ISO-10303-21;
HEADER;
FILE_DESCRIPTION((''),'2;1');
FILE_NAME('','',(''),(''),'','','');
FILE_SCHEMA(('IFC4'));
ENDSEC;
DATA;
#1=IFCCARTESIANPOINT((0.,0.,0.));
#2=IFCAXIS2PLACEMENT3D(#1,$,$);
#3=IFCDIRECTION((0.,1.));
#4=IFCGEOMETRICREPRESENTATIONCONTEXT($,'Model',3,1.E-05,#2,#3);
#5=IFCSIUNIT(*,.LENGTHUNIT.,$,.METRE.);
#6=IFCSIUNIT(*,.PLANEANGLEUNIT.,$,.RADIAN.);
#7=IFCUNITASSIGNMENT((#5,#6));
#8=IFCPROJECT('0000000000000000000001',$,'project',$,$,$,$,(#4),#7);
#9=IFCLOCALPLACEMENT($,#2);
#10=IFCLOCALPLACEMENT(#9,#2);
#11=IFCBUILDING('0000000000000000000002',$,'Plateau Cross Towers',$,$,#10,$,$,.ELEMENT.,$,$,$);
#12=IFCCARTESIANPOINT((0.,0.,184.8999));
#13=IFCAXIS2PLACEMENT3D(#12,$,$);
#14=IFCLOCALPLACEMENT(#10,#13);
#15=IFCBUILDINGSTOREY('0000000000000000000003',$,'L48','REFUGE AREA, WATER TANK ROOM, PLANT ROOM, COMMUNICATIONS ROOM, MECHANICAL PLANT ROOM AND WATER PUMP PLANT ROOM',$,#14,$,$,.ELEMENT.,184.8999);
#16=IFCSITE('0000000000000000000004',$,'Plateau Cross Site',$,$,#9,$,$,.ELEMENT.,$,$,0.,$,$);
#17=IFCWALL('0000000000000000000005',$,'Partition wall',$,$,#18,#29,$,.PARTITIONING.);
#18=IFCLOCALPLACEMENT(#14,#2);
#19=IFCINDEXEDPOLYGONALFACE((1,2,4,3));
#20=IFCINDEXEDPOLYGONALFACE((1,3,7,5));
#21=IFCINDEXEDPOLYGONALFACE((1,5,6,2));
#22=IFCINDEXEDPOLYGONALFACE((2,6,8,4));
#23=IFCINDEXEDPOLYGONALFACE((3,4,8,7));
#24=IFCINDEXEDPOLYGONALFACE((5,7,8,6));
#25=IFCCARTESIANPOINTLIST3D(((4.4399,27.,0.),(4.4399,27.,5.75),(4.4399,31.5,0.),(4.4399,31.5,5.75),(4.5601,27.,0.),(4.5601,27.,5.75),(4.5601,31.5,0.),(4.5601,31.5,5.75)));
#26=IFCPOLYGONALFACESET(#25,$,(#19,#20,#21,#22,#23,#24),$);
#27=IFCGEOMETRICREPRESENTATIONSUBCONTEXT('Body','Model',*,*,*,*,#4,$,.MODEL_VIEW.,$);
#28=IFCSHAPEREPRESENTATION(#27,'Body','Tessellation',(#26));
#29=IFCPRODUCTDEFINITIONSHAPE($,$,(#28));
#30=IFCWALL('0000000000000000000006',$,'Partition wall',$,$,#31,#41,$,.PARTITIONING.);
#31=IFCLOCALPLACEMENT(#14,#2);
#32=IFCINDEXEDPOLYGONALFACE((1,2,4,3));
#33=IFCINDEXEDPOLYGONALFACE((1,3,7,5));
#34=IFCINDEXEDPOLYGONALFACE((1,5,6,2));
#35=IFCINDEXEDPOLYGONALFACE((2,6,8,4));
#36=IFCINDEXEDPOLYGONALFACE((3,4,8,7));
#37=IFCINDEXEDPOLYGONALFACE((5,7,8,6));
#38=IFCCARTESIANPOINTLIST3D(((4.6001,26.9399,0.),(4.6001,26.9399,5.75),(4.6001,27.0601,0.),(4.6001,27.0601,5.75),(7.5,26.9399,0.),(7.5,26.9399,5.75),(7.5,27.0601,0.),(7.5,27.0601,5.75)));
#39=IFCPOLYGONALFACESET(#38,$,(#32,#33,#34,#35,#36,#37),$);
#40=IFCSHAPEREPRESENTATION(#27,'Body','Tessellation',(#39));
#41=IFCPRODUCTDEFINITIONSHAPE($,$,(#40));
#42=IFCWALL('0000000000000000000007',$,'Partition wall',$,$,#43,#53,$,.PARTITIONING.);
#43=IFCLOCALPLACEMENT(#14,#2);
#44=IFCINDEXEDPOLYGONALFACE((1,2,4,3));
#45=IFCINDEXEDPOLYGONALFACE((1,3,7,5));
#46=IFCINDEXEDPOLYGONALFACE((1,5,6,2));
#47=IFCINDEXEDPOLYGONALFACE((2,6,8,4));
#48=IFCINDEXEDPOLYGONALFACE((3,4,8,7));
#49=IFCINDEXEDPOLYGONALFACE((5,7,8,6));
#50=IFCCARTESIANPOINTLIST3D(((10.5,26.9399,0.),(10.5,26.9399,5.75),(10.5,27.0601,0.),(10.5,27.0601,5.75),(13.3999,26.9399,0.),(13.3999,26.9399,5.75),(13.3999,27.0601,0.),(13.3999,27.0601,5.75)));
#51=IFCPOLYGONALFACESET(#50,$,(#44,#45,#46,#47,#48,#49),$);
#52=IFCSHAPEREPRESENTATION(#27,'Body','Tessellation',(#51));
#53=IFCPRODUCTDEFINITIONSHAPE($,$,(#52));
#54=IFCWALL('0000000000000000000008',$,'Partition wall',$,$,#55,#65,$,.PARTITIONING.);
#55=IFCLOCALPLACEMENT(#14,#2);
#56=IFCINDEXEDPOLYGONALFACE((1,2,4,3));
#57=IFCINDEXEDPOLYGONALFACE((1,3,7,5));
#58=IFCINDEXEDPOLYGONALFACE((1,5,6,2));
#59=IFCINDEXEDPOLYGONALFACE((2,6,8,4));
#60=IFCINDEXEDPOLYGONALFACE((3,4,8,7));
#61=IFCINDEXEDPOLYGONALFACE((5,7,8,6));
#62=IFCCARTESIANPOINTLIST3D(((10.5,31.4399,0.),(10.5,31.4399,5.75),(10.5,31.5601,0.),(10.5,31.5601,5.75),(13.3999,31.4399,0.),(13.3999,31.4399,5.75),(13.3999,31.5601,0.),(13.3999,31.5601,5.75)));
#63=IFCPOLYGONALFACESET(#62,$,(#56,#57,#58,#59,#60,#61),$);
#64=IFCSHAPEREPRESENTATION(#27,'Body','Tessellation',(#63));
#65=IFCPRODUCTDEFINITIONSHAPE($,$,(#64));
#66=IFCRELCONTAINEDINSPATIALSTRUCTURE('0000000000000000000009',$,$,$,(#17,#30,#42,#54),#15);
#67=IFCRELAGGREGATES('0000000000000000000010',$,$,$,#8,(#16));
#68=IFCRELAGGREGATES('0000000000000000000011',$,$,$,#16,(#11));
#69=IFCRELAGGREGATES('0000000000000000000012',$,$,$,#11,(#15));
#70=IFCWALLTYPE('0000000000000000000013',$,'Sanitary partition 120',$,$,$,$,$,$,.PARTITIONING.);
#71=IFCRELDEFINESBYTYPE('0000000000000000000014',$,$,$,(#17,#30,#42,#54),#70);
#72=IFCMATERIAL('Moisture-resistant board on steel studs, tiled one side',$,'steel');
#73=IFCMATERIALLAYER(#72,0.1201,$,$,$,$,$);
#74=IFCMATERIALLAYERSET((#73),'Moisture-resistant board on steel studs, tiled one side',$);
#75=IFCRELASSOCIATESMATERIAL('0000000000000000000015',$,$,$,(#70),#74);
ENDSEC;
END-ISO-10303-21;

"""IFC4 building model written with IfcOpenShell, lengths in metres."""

from ifc_helpers import new_model, si_unit, direction, frame, frame_2d, origin, place, context, subcontext, project, spatial, rectangle, extrude, material, layer, layer_set, type_object, element, save


model = new_model("IFC4")

# Units and contexts
model_context = context("Model", 3, precision=1e-05, world=origin(), true_north=direction((0.0, 1.0)))
body_context = subcontext(model_context, "Body", "Model", "MODEL_VIEW")
ifc_project = project(units=[si_unit("LENGTHUNIT", "METRE"), si_unit("PLANEANGLEUNIT", "RADIAN")], contexts=[model_context])

# Site, building, storey
site_placement = place(None, origin())
site = spatial("IfcSite", under=ifc_project, at=site_placement, Name="Plateau Cross Site", CompositionType="ELEMENT", RefElevation=0.0)
building_placement = place(site_placement, origin())
building = spatial("IfcBuilding", under=site, at=building_placement, Name="Plateau Cross Towers", CompositionType="ELEMENT")
storey_placement = place(building_placement, frame((0.0, 0.0, 184.8999)))
storey = spatial("IfcBuildingStorey", under=building, at=storey_placement, Name="L48", Description="REFUGE AREA, WATER TANK ROOM, PLANT ROOM, COMMUNICATIONS ROOM, MECHANICAL PLANT ROOM AND WATER PUMP PLANT ROOM", CompositionType="ELEMENT", Elevation=184.8999)

# Walls
ifc_material_1 = material(Name="Moisture-resistant board on steel studs, tiled one side", Category="steel")
ifc_layer_1 = layer(ifc_material_1, 0.1201)
ifc_layer_set_1 = layer_set([ifc_layer_1], Name="Moisture-resistant board on steel studs, tiled one side")
wall_type_1 = type_object("IfcWallType", Name="Sanitary partition 120", PredefinedType="PARTITIONING", material=ifc_layer_set_1)
wall_1_placement = place(storey_placement, frame((4.5, 31.5, 0.0), z_axis=(0.0, 0.0, 1.0), x_axis=(0.0, -1.0, 0.0)))
element("IfcWall", 1, at=wall_1_placement, inside=storey, type_object=wall_type_1, Name="Partition wall", PredefinedType="PARTITIONING", context=body_context, shape_type="SweptSolid", body=[
    extrude(rectangle(XDim=4.5, YDim=0.1201, at=frame_2d((2.25, 0.0))), origin(), (0.0, 0.0, 1.0), 5.75),
])
for number, where, z_axis, x_axis, name in (
    (2, (4.6001, 27.0, 0.0), (0.0, 0.0, 1.0), (1.0, 0.0, 0.0), "Partition wall"),
    (3, (10.5, 27.0, 0.0), (0.0, 0.0, 1.0), (1.0, 0.0, 0.0), "Partition wall"),
    (4, (10.5, 31.5, 0.0), (0.0, 0.0, 1.0), (1.0, 0.0, 0.0), "Partition wall"),
):
    element("IfcWall", number, at=place(storey_placement, frame(where, z_axis=z_axis, x_axis=x_axis)), inside=storey, type_object=wall_type_1, Name=name, PredefinedType="PARTITIONING", context=body_context, shape_type="SweptSolid", body=[
        extrude(rectangle(XDim=2.8999, YDim=0.1201, at=frame_2d((1.45, 0.0))), origin(), (0.0, 0.0, 1.0), 5.75),
    ])

save(model, "model.ifc")
